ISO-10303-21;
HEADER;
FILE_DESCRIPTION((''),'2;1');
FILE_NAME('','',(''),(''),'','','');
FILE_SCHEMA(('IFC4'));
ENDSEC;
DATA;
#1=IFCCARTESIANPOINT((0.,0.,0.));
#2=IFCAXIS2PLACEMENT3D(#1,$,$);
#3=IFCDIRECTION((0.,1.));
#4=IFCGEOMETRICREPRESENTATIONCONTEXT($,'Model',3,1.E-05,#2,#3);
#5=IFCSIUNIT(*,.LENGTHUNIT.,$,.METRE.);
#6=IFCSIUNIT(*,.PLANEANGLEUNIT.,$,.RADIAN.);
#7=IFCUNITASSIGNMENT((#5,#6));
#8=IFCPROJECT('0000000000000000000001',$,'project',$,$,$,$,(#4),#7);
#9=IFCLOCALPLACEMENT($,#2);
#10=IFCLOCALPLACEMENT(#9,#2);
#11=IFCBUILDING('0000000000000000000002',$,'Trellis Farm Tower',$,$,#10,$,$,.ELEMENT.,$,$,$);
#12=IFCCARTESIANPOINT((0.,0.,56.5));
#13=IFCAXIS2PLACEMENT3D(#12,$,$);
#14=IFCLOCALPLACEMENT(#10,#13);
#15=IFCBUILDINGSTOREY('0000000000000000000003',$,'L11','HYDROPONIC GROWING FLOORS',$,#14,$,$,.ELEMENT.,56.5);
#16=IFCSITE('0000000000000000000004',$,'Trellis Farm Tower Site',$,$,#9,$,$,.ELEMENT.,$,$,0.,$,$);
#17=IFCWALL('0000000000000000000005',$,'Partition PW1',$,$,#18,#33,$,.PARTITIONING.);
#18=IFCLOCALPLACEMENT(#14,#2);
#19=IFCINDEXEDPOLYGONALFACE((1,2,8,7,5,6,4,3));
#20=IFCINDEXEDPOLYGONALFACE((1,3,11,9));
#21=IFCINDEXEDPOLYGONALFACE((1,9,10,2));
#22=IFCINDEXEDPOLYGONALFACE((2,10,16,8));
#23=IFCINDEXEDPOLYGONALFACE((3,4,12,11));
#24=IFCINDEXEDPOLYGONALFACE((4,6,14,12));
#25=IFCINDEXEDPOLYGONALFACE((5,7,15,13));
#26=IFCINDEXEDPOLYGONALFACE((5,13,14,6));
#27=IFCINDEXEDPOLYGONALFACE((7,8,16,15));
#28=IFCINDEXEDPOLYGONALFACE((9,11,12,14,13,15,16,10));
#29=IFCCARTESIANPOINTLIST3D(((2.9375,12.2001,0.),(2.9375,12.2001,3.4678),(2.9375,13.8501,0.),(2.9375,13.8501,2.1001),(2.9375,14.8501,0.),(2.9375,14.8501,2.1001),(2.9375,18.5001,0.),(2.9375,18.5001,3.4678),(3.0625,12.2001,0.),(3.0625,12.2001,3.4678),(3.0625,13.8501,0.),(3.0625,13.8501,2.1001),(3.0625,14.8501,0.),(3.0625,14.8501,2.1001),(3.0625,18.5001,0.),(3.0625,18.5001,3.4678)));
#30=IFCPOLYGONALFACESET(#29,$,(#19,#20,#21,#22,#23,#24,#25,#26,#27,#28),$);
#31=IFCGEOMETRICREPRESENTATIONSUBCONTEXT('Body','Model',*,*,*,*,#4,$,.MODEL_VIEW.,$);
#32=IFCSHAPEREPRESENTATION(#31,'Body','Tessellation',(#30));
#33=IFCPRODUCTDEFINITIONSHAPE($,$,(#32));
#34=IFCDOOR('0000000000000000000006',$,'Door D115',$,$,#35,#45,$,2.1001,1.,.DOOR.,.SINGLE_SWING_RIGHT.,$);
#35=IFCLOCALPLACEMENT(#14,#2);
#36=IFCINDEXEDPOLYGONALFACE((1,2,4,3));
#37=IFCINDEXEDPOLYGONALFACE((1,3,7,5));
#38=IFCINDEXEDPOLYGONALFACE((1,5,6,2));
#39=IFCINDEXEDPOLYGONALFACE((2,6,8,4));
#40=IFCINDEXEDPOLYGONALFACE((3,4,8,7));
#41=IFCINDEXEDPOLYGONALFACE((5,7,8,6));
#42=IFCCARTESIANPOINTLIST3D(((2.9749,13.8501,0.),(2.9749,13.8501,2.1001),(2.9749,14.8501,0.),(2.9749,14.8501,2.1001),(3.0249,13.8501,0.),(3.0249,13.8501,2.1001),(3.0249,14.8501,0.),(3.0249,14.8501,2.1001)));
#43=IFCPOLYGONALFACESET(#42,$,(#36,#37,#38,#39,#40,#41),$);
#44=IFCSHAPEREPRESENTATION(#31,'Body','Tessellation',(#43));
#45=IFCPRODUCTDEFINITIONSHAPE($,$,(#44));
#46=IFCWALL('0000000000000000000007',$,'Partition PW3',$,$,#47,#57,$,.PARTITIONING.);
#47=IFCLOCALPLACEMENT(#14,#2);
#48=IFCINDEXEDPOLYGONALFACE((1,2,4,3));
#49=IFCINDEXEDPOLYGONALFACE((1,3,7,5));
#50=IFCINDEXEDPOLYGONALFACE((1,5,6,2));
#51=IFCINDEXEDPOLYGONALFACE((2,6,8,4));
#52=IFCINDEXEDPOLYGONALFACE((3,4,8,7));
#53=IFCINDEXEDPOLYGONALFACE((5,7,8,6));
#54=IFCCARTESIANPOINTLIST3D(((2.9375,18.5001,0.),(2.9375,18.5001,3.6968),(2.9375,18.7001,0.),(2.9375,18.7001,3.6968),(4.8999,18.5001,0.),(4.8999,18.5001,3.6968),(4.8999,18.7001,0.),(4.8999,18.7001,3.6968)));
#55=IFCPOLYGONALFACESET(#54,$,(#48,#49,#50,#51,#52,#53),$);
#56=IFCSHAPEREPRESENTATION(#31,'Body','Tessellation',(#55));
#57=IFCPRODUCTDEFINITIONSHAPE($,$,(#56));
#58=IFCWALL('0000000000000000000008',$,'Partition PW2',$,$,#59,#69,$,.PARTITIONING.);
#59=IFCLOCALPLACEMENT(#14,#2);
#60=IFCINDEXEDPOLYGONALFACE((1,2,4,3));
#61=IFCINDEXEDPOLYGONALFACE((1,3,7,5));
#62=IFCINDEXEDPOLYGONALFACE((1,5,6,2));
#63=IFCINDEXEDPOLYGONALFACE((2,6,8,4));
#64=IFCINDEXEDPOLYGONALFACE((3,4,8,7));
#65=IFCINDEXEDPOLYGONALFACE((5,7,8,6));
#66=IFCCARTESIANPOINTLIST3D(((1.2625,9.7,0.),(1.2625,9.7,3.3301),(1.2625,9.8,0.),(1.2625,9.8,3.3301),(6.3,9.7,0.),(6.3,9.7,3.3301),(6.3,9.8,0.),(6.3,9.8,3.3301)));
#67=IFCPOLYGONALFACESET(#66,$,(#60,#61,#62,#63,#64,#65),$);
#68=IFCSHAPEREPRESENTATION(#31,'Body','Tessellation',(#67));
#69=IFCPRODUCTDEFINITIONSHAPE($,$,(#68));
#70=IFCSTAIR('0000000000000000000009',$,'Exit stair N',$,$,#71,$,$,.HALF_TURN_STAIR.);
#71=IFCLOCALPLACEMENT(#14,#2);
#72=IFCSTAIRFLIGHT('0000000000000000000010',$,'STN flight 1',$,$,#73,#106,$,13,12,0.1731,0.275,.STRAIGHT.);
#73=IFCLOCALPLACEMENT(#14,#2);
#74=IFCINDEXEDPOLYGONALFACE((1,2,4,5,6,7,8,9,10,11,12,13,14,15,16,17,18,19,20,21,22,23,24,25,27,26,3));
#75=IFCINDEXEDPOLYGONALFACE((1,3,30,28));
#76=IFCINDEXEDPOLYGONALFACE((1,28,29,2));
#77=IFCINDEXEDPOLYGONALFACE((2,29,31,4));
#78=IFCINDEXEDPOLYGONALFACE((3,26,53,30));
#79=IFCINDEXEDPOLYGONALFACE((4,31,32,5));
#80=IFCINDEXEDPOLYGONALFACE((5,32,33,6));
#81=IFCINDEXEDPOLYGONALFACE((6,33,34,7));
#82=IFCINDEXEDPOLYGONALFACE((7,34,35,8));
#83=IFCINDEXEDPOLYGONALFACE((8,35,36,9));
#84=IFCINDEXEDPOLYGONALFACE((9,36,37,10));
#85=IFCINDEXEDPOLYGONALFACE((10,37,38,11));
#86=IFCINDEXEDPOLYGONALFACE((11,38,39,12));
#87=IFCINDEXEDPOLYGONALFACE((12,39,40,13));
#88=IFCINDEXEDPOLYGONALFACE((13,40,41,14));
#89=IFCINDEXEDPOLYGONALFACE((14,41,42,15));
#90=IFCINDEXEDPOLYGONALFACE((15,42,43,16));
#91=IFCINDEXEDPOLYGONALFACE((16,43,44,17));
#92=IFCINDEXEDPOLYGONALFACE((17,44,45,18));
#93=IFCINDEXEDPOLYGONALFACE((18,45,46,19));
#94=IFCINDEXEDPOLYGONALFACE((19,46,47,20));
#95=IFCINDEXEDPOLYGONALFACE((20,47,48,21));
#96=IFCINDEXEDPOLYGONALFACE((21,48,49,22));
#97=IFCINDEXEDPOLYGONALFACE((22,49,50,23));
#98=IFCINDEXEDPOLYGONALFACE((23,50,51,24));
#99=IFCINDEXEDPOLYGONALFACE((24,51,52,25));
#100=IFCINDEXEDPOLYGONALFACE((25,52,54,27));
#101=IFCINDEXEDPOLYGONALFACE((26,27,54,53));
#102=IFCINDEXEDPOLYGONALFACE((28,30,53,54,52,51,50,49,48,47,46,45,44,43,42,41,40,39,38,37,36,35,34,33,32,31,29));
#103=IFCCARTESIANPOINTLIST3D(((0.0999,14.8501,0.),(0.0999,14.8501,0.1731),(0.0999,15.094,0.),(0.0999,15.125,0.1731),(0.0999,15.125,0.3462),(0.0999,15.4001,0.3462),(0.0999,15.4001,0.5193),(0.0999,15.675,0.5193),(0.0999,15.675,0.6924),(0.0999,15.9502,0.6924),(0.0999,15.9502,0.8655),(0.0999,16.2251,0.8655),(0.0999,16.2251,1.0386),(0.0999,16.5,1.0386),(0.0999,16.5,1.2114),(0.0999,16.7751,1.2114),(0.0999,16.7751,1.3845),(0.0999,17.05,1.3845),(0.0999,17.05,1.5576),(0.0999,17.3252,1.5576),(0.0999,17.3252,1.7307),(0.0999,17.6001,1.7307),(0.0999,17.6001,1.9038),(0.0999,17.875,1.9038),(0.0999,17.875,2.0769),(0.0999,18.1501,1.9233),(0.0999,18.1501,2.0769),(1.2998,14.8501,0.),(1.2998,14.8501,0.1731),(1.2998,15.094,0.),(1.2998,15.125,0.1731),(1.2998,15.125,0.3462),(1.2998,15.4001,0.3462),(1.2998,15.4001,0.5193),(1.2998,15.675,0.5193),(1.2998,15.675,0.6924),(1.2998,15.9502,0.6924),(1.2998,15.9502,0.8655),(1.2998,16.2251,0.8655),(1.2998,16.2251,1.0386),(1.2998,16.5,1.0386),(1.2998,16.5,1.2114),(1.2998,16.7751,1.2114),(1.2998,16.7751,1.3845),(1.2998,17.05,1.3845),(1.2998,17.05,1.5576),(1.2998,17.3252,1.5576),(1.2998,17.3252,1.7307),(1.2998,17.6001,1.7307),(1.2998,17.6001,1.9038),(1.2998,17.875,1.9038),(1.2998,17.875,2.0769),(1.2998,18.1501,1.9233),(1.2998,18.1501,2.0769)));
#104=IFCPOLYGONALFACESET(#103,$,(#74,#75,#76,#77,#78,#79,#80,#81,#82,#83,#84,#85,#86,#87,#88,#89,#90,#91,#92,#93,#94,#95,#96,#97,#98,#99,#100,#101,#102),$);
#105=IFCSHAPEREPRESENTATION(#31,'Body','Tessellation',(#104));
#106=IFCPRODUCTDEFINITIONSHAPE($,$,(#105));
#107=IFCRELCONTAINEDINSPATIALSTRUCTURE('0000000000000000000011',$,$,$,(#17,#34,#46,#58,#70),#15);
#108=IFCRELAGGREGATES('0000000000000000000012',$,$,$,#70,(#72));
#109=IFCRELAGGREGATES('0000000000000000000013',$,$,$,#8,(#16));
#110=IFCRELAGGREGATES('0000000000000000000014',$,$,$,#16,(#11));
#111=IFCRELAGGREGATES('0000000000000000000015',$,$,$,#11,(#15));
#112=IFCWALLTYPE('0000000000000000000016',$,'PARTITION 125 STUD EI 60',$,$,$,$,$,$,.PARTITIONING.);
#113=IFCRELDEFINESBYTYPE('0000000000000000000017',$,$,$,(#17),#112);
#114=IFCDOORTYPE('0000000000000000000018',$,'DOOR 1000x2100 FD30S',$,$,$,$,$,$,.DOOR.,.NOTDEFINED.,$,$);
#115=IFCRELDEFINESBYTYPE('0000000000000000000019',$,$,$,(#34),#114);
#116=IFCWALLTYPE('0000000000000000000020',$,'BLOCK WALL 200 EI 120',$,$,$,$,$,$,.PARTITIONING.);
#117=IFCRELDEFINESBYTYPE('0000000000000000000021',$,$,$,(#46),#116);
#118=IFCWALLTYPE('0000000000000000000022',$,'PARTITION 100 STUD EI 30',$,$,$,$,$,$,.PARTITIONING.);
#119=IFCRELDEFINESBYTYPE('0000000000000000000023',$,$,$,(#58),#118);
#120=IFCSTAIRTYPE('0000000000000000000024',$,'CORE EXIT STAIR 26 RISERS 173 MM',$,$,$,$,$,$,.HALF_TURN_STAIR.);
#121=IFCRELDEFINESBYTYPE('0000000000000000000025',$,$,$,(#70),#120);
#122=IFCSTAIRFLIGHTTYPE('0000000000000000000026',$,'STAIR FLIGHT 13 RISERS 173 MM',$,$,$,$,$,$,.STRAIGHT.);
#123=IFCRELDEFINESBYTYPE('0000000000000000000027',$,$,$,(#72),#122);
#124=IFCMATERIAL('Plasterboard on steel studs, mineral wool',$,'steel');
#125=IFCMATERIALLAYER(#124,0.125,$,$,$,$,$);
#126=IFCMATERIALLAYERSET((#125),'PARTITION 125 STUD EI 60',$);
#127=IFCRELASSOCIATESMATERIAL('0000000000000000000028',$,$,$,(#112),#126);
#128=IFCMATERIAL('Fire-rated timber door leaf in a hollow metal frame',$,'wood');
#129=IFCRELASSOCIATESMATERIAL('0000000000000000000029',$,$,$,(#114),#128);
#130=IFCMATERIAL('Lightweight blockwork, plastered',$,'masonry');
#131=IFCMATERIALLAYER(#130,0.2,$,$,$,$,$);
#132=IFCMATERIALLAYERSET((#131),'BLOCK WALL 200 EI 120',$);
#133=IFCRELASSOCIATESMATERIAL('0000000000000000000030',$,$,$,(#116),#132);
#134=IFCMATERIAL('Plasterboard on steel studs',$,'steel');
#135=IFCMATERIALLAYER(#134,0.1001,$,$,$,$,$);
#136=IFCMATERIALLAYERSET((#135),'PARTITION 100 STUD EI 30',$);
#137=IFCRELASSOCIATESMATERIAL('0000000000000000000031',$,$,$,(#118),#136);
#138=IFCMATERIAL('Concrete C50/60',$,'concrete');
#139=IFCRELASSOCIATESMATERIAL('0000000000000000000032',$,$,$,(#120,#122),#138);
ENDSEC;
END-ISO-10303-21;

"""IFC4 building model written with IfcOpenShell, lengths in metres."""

from ifc_helpers import new_model, si_unit, direction, frame, frame_2d, origin, place, context, subcontext, project, spatial, polyline, rectangle, outline, extrude, source, transform, mapped, material, layer, layer_set, type_object, element, fill, aggregate, save


model = new_model("IFC4")

# Units and contexts
model_context = context("Model", 3, precision=1e-05, world=origin(), true_north=direction((0.0, 1.0)))
body_context = subcontext(model_context, "Body", "Model", "MODEL_VIEW")
ifc_project = project(units=[si_unit("LENGTHUNIT", "METRE"), si_unit("PLANEANGLEUNIT", "RADIAN")], contexts=[model_context])

# Site, building, storey
site_placement = place(None, origin())
site = spatial("IfcSite", under=ifc_project, at=site_placement, Name="Trellis Farm Tower Site", CompositionType="ELEMENT", RefElevation=0.0)
building_placement = place(site_placement, origin())
building = spatial("IfcBuilding", under=site, at=building_placement, Name="Trellis Farm Tower", CompositionType="ELEMENT")
storey_placement = place(building_placement, frame((0.0, 0.0, 56.5)))
storey = spatial("IfcBuildingStorey", under=building, at=storey_placement, Name="L11", Description="HYDROPONIC GROWING FLOORS", CompositionType="ELEMENT", Elevation=56.5)

# Shared definitions
placement = place(storey_placement, origin())

# Shared definitions
ifc_material_1 = material(Name="Plasterboard on steel studs, mineral wool", Category="steel")
ifc_layer_1 = layer(ifc_material_1, 0.125)
ifc_layer_set_1 = layer_set([ifc_layer_1], Name="PARTITION 125 STUD EI 60")
wall_type_1 = type_object("IfcWallType", Name="PARTITION 125 STUD EI 60", PredefinedType="PARTITIONING", material=ifc_layer_set_1)
shared_shape_1 = source(origin(), body_context, "Body", "SweptSolid", [
    extrude(rectangle(XDim=1.0, YDim=2.1001, at=frame_2d((0.5, 1.05))), frame((0.0, 0.0725, 0.0), z_axis=(0.0, -1.0, 0.0), x_axis=(1.0, 0.0, 0.0)), (0.0, 0.0, 1.0), 0.145),
])
ifc_material_2 = material(Name="Fire-rated timber door leaf in a hollow metal frame", Category="wood")
door_type = type_object("IfcDoorType", Name="DOOR 1000x2100 FD30S", OperationType="NOTDEFINED", PredefinedType="DOOR", material=ifc_material_2)
shared_shape_2 = source(origin(), body_context, "Body", "SweptSolid", [
    extrude(rectangle(XDim=1.0, YDim=2.1001, at=frame_2d((0.5, 1.05))), frame((0.0, 0.0249, 0.0), z_axis=(0.0, -1.0, 0.0), x_axis=(1.0, 0.0, 0.0)), (0.0, 0.0, 1.0), 0.05),
])

# Shared definitions
ifc_material_3 = material(Name="Lightweight blockwork, plastered", Category="masonry")
ifc_layer_2 = layer(ifc_material_3, 0.2)
ifc_layer_set_2 = layer_set([ifc_layer_2], Name="BLOCK WALL 200 EI 120")
wall_type_2 = type_object("IfcWallType", Name="BLOCK WALL 200 EI 120", PredefinedType="PARTITIONING", material=ifc_layer_set_2)
ifc_material_4 = material(Name="Plasterboard on steel studs", Category="steel")
ifc_layer_3 = layer(ifc_material_4, 0.1001)
ifc_layer_set_3 = layer_set([ifc_layer_3], Name="PARTITION 100 STUD EI 30")
wall_type_3 = type_object("IfcWallType", Name="PARTITION 100 STUD EI 30", PredefinedType="PARTITIONING", material=ifc_layer_set_3)

# Wall, opening, door
shared_shape_3 = source(origin(), body_context, "Body", "SweptSolid", [
    extrude(rectangle(XDim=6.3, YDim=0.125, at=frame_2d((3.1499, 0.0))), origin(), (0.0, 0.0, 1.0), 3.4678),
])
wall_1_placement = place(storey_placement, frame((3.0, 18.5, 0.0), z_axis=(0.0, 0.0, 1.0), x_axis=(0.0, -1.0, 0.0)))
wall_1 = element("IfcWall", 1, at=wall_1_placement, inside=storey, type_object=wall_type_1, Name="Partition PW1", PredefinedType="PARTITIONING", context=body_context, shape_type="MappedRepresentation", body=[
    mapped(shared_shape_3, transform((0.0, 0.0, 0.0))),
])
opening_1_placement = place(wall_1_placement, frame((3.6499, 0.0, 0.0)))
opening_1 = element("IfcOpeningElement", 2, at=opening_1_placement, cuts=wall_1, PredefinedType="OPENING", context=body_context, shape_type="MappedRepresentation", body=[
    mapped(shared_shape_1, transform((0.0, 0.0, 0.0))),
])
door_1_placement = place(opening_1_placement, origin())
door_1 = element("IfcDoor", 3, at=door_1_placement, inside=storey, type_object=door_type, Name="Door D115", OperationType="SINGLE_SWING_RIGHT", OverallHeight=2.1001, OverallWidth=1.0, PredefinedType="DOOR", context=body_context, shape_type="MappedRepresentation", body=[
    mapped(shared_shape_2, transform((0.0, 0.0, 0.0))),
])
fill(opening_1, door_1)

# Walls
shared_shape_4 = source(origin(), body_context, "Body", "SweptSolid", [
    extrude(rectangle(XDim=1.9624, YDim=0.2, at=frame_2d((0.9812, 0.0))), origin(), (0.0, 0.0, 1.0), 3.6968),
])
wall_2_placement = place(storey_placement, frame((2.9375, 18.6001, 0.0), z_axis=(0.0, 0.0, 1.0), x_axis=(1.0, 0.0, 0.0)))
element("IfcWall", 4, at=wall_2_placement, inside=storey, type_object=wall_type_2, Name="Partition PW3", PredefinedType="PARTITIONING", context=body_context, shape_type="MappedRepresentation", body=[
    mapped(shared_shape_4, transform((0.0, 0.0, 0.0))),
])
shared_shape_5 = source(origin(), body_context, "Body", "SweptSolid", [
    extrude(rectangle(XDim=5.0376, YDim=0.1001, at=frame_2d((2.5188, 0.0))), origin(), (0.0, 0.0, 1.0), 3.3301),
])
wall_3_placement = place(storey_placement, frame((1.2625, 9.75, 0.0), z_axis=(0.0, 0.0, 1.0), x_axis=(1.0, 0.0, 0.0)))
element("IfcWall", 5, at=wall_3_placement, inside=storey, type_object=wall_type_3, Name="Partition PW2", PredefinedType="PARTITIONING", context=body_context, shape_type="MappedRepresentation", body=[
    mapped(shared_shape_5, transform((0.0, 0.0, 0.0))),
])

# Stair, stair flight
ifc_material_5 = material(Name="Concrete C50/60", Category="concrete")
stair_type = type_object("IfcStairType", Name="CORE EXIT STAIR 26 RISERS 173 MM", PredefinedType="HALF_TURN_STAIR", material=ifc_material_5)
stair = element("IfcStair", 6, at=placement, inside=storey, type_object=stair_type, Name="Exit stair N", PredefinedType="HALF_TURN_STAIR")
stair_flight_type = type_object("IfcStairFlightType", Name="STAIR FLIGHT 13 RISERS 173 MM", PredefinedType="STRAIGHT", material=ifc_material_5)
shared_shape_6 = source(origin(), body_context, "Body", "SweptSolid", [
    extrude(outline(polyline([(0.0, 0.0), (0.0, 0.1731), (0.2749, 0.1731), (0.2749, 0.3462), (0.55, 0.3462), (0.55, 0.5193), (0.825, 0.5193), (0.825, 0.6924), (1.1001, 0.6924), (1.1001, 0.8655), (1.375, 0.8655), (1.375, 1.0386), (1.6499, 1.0386), (1.6499, 1.2114), (1.925, 1.2114), (1.925, 1.3845), (2.2, 1.3845), (2.2, 1.5576), (2.4751, 1.5576), (2.4751, 1.7307), (2.75, 1.7307), (2.75, 1.9038), (3.0249, 1.9038), (3.0249, 2.0769), (3.3, 2.0769), (3.3, 2.25), (3.3, 1.9233), (0.2439, 0.0), (0.0, 0.0)])), frame((0.0, 0.6001, 0.0), z_axis=(0.0, -1.0, 0.0), x_axis=(1.0, 0.0, 0.0)), (0.0, 0.0, 1.0), 1.2),
])
stair_flight_placement = place(storey_placement, frame((0.7, 14.8501, 0.0), z_axis=(0.0, 0.0, 1.0), x_axis=(0.0, 1.0, 0.0)))
stair_flight = element("IfcStairFlight", 7, at=stair_flight_placement, type_object=stair_flight_type, Name="STN flight 1", NumberOfRisers=13, NumberOfTreads=12, PredefinedType="STRAIGHT", RiserHeight=0.1731, TreadLength=0.275, context=body_context, shape_type="MappedRepresentation", body=[
    mapped(shared_shape_6, transform((0.0, 0.0, 0.0))),
])
aggregate(stair, [stair_flight])

save(model, "model.ifc")
